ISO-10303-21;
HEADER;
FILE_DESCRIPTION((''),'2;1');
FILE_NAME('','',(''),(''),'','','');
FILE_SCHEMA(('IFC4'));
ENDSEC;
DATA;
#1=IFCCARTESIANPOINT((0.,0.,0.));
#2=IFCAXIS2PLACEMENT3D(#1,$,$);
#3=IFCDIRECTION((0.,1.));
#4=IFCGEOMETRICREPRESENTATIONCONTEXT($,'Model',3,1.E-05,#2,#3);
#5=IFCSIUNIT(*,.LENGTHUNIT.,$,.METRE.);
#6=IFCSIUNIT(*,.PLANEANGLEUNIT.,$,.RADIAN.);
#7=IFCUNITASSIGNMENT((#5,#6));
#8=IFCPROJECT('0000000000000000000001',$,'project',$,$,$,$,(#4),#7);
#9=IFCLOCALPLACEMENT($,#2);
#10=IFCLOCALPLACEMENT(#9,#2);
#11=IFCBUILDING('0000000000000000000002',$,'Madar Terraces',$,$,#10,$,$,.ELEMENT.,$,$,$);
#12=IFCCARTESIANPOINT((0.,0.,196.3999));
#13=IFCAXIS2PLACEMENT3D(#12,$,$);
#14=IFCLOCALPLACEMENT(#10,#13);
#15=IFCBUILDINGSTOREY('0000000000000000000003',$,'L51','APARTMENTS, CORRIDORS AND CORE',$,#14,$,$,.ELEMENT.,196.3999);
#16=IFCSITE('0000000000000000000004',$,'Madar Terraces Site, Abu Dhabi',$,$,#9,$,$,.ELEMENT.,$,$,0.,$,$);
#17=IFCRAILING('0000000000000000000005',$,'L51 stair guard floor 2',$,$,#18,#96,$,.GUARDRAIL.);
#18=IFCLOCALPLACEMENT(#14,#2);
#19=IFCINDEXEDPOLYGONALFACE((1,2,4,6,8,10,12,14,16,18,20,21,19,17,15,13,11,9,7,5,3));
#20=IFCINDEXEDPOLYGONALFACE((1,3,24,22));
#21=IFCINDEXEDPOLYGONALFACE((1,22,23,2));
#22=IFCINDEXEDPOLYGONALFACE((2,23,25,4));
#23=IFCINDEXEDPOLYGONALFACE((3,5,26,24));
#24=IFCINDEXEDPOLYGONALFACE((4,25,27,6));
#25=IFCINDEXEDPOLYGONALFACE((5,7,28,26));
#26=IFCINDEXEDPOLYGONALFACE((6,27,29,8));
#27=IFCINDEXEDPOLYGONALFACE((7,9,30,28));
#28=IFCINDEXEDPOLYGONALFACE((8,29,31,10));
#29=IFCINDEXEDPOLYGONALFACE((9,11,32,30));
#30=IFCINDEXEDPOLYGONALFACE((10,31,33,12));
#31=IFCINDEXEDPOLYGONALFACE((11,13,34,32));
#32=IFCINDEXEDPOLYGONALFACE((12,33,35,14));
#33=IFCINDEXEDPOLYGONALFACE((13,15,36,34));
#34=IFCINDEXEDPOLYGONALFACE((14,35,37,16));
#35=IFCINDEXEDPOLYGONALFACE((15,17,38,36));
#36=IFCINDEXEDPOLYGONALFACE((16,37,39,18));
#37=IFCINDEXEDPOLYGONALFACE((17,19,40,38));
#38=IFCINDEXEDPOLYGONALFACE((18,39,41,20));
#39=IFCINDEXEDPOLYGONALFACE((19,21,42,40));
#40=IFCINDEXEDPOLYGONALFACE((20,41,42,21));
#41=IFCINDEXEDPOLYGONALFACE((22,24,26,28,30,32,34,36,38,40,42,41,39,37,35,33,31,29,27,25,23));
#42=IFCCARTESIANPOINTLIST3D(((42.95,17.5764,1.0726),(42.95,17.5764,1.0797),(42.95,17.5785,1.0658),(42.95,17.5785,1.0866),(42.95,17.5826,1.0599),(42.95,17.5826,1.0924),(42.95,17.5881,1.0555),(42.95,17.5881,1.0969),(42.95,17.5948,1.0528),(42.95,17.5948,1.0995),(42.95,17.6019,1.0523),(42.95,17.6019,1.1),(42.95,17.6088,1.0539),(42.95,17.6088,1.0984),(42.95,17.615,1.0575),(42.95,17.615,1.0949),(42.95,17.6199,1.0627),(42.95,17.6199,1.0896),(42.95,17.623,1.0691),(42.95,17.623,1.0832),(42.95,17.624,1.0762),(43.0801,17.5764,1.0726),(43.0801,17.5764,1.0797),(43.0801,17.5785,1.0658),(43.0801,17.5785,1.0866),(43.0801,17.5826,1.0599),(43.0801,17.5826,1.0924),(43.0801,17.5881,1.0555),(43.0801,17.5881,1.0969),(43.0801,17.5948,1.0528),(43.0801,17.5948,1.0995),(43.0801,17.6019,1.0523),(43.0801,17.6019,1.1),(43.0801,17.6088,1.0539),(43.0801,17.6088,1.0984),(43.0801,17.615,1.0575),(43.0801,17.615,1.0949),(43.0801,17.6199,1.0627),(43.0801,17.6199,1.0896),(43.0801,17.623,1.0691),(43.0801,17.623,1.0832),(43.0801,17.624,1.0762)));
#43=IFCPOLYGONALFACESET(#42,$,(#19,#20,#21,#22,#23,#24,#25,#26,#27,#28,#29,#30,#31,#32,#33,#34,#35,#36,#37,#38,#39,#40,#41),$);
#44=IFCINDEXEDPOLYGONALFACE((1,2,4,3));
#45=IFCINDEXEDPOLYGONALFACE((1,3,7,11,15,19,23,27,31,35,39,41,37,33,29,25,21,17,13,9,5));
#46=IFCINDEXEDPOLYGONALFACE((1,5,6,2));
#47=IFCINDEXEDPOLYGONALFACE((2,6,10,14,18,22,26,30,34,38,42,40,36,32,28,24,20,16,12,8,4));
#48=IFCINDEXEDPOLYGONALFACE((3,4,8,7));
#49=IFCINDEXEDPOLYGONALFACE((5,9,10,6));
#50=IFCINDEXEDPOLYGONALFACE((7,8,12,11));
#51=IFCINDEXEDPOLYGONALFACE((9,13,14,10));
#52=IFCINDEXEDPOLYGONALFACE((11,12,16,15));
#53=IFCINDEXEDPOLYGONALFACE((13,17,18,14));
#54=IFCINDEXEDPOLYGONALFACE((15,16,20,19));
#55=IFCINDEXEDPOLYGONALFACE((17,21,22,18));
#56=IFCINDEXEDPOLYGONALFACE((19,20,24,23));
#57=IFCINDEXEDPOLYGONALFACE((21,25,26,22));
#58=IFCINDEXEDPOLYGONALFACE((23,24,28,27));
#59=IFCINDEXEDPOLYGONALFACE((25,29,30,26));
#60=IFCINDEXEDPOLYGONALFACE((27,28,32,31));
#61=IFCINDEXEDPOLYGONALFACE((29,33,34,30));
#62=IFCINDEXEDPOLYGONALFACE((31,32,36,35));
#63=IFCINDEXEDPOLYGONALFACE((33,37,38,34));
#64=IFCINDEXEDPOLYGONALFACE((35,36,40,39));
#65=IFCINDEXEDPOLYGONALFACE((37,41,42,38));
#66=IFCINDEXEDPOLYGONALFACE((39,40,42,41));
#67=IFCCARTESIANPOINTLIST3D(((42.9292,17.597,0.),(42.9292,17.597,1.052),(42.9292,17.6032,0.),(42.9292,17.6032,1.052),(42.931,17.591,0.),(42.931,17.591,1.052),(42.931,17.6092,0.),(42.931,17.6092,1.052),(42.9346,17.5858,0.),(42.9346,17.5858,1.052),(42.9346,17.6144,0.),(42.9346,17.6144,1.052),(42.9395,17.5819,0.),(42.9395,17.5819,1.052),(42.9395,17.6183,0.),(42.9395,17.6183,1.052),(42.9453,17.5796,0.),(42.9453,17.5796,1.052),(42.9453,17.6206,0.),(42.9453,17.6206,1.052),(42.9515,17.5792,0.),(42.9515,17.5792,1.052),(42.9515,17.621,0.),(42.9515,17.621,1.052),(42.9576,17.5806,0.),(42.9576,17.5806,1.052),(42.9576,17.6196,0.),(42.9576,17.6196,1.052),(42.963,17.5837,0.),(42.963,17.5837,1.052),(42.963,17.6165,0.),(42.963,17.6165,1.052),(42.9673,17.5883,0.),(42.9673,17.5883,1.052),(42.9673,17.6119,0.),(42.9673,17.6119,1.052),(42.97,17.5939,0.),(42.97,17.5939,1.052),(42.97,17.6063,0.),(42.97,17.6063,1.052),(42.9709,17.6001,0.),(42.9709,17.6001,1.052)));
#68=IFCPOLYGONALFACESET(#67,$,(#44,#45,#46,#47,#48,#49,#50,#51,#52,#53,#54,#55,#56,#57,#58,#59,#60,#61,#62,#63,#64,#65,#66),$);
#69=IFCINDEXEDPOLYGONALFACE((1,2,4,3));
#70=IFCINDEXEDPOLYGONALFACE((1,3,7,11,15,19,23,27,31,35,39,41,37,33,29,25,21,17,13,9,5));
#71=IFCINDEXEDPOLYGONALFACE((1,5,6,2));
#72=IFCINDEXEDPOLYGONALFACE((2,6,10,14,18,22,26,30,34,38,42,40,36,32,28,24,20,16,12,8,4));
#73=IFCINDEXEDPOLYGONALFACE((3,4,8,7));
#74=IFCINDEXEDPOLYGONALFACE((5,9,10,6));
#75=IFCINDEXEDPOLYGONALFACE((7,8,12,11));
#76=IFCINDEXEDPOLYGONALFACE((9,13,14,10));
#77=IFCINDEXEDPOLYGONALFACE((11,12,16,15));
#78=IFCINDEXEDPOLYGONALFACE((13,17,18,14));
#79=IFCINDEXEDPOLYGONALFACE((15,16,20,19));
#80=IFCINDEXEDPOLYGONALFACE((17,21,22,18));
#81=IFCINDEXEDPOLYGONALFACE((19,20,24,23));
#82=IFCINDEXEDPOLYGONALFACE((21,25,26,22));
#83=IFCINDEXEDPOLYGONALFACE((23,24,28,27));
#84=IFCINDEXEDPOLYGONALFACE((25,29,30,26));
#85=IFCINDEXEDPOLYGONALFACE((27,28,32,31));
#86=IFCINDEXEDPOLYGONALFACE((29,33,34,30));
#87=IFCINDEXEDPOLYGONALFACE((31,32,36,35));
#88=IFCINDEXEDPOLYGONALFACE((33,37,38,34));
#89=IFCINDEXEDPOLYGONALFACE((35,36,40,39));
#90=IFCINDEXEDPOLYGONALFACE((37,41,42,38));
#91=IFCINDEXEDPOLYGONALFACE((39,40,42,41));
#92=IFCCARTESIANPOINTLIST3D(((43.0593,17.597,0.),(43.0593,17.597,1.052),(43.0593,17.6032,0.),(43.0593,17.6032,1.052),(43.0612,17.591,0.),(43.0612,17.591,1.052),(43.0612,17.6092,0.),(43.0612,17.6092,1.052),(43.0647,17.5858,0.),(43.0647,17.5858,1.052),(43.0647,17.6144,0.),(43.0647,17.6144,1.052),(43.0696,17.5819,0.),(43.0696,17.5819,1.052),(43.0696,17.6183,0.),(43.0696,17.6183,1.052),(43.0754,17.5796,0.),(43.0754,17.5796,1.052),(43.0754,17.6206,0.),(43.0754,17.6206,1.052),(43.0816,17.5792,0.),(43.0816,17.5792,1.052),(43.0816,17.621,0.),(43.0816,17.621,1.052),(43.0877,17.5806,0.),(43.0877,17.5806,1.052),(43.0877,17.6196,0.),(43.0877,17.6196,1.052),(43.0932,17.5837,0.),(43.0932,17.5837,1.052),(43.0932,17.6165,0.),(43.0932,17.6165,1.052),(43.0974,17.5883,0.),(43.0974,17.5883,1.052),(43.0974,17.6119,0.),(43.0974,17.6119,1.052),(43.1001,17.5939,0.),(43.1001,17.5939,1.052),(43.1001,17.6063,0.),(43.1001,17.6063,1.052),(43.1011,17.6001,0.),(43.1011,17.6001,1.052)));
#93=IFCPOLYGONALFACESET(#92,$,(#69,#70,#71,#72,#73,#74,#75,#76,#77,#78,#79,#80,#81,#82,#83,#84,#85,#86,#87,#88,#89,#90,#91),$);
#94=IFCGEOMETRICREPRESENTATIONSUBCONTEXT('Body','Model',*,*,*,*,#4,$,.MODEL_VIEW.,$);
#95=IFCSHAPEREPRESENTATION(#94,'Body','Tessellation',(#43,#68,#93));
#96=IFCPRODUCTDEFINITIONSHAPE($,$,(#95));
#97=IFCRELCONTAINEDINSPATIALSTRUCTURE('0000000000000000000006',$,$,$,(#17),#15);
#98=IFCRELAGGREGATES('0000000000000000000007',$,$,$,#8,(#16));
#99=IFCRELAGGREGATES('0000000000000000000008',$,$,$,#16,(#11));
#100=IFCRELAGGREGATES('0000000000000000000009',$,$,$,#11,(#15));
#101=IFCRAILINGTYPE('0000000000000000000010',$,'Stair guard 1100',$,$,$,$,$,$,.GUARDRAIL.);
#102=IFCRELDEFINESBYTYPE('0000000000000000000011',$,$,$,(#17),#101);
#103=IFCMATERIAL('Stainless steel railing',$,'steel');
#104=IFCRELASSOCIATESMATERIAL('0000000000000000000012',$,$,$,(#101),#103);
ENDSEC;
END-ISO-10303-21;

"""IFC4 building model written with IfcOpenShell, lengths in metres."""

from ifc_helpers import new_model, si_unit, direction, frame, origin, origin_2d, place, context, subcontext, project, spatial, circle, extrude, material, type_object, element, save


model = new_model("IFC4")

# Units and contexts
model_context = context("Model", 3, precision=1e-05, world=origin(), true_north=direction((0.0, 1.0)))
body_context = subcontext(model_context, "Body", "Model", "MODEL_VIEW")
ifc_project = project(units=[si_unit("LENGTHUNIT", "METRE"), si_unit("PLANEANGLEUNIT", "RADIAN")], contexts=[model_context])

# Site, building, storey
site_placement = place(None, origin())
site = spatial("IfcSite", under=ifc_project, at=site_placement, Name="Madar Terraces Site, Abu Dhabi", CompositionType="ELEMENT", RefElevation=0.0)
building_placement = place(site_placement, origin())
building = spatial("IfcBuilding", under=site, at=building_placement, Name="Madar Terraces", CompositionType="ELEMENT")
storey_placement = place(building_placement, frame((0.0, 0.0, 196.3999)))
storey = spatial("IfcBuildingStorey", under=building, at=storey_placement, Name="L51", Description="APARTMENTS, CORRIDORS AND CORE", CompositionType="ELEMENT", Elevation=196.3999)

# Railing
ifc_material_1 = material(Name="Stainless steel railing", Category="steel")
railing_type_1 = type_object("IfcRailingType", Name="Stair guard 1100", PredefinedType="GUARDRAIL", material=ifc_material_1)
railing_1_placement = place(storey_placement, frame((42.95, 17.6001, 0.0)))
element("IfcRailing", 1, at=railing_1_placement, inside=storey, type_object=railing_type_1, Name="L51 stair guard floor 2", PredefinedType="GUARDRAIL", context=body_context, shape_type="SweptSolid", body=[
    extrude(circle(Radius=0.0239, at=origin_2d()), frame((0.0, 0.0, 1.0762), z_axis=(1.0, 0.0, 0.0), x_axis=(0.0, 1.0, 0.0)), (0.0, 0.0, 1.0), 0.1301),
    extrude(circle(Radius=0.021, at=origin_2d()), origin(), (0.0, 0.0, 1.0), 1.052),
    extrude(circle(Radius=0.021, at=origin_2d()), frame((0.1301, 0.0, 0.0)), (0.0, 0.0, 1.0), 1.052),
])

save(model, "model.ifc")
